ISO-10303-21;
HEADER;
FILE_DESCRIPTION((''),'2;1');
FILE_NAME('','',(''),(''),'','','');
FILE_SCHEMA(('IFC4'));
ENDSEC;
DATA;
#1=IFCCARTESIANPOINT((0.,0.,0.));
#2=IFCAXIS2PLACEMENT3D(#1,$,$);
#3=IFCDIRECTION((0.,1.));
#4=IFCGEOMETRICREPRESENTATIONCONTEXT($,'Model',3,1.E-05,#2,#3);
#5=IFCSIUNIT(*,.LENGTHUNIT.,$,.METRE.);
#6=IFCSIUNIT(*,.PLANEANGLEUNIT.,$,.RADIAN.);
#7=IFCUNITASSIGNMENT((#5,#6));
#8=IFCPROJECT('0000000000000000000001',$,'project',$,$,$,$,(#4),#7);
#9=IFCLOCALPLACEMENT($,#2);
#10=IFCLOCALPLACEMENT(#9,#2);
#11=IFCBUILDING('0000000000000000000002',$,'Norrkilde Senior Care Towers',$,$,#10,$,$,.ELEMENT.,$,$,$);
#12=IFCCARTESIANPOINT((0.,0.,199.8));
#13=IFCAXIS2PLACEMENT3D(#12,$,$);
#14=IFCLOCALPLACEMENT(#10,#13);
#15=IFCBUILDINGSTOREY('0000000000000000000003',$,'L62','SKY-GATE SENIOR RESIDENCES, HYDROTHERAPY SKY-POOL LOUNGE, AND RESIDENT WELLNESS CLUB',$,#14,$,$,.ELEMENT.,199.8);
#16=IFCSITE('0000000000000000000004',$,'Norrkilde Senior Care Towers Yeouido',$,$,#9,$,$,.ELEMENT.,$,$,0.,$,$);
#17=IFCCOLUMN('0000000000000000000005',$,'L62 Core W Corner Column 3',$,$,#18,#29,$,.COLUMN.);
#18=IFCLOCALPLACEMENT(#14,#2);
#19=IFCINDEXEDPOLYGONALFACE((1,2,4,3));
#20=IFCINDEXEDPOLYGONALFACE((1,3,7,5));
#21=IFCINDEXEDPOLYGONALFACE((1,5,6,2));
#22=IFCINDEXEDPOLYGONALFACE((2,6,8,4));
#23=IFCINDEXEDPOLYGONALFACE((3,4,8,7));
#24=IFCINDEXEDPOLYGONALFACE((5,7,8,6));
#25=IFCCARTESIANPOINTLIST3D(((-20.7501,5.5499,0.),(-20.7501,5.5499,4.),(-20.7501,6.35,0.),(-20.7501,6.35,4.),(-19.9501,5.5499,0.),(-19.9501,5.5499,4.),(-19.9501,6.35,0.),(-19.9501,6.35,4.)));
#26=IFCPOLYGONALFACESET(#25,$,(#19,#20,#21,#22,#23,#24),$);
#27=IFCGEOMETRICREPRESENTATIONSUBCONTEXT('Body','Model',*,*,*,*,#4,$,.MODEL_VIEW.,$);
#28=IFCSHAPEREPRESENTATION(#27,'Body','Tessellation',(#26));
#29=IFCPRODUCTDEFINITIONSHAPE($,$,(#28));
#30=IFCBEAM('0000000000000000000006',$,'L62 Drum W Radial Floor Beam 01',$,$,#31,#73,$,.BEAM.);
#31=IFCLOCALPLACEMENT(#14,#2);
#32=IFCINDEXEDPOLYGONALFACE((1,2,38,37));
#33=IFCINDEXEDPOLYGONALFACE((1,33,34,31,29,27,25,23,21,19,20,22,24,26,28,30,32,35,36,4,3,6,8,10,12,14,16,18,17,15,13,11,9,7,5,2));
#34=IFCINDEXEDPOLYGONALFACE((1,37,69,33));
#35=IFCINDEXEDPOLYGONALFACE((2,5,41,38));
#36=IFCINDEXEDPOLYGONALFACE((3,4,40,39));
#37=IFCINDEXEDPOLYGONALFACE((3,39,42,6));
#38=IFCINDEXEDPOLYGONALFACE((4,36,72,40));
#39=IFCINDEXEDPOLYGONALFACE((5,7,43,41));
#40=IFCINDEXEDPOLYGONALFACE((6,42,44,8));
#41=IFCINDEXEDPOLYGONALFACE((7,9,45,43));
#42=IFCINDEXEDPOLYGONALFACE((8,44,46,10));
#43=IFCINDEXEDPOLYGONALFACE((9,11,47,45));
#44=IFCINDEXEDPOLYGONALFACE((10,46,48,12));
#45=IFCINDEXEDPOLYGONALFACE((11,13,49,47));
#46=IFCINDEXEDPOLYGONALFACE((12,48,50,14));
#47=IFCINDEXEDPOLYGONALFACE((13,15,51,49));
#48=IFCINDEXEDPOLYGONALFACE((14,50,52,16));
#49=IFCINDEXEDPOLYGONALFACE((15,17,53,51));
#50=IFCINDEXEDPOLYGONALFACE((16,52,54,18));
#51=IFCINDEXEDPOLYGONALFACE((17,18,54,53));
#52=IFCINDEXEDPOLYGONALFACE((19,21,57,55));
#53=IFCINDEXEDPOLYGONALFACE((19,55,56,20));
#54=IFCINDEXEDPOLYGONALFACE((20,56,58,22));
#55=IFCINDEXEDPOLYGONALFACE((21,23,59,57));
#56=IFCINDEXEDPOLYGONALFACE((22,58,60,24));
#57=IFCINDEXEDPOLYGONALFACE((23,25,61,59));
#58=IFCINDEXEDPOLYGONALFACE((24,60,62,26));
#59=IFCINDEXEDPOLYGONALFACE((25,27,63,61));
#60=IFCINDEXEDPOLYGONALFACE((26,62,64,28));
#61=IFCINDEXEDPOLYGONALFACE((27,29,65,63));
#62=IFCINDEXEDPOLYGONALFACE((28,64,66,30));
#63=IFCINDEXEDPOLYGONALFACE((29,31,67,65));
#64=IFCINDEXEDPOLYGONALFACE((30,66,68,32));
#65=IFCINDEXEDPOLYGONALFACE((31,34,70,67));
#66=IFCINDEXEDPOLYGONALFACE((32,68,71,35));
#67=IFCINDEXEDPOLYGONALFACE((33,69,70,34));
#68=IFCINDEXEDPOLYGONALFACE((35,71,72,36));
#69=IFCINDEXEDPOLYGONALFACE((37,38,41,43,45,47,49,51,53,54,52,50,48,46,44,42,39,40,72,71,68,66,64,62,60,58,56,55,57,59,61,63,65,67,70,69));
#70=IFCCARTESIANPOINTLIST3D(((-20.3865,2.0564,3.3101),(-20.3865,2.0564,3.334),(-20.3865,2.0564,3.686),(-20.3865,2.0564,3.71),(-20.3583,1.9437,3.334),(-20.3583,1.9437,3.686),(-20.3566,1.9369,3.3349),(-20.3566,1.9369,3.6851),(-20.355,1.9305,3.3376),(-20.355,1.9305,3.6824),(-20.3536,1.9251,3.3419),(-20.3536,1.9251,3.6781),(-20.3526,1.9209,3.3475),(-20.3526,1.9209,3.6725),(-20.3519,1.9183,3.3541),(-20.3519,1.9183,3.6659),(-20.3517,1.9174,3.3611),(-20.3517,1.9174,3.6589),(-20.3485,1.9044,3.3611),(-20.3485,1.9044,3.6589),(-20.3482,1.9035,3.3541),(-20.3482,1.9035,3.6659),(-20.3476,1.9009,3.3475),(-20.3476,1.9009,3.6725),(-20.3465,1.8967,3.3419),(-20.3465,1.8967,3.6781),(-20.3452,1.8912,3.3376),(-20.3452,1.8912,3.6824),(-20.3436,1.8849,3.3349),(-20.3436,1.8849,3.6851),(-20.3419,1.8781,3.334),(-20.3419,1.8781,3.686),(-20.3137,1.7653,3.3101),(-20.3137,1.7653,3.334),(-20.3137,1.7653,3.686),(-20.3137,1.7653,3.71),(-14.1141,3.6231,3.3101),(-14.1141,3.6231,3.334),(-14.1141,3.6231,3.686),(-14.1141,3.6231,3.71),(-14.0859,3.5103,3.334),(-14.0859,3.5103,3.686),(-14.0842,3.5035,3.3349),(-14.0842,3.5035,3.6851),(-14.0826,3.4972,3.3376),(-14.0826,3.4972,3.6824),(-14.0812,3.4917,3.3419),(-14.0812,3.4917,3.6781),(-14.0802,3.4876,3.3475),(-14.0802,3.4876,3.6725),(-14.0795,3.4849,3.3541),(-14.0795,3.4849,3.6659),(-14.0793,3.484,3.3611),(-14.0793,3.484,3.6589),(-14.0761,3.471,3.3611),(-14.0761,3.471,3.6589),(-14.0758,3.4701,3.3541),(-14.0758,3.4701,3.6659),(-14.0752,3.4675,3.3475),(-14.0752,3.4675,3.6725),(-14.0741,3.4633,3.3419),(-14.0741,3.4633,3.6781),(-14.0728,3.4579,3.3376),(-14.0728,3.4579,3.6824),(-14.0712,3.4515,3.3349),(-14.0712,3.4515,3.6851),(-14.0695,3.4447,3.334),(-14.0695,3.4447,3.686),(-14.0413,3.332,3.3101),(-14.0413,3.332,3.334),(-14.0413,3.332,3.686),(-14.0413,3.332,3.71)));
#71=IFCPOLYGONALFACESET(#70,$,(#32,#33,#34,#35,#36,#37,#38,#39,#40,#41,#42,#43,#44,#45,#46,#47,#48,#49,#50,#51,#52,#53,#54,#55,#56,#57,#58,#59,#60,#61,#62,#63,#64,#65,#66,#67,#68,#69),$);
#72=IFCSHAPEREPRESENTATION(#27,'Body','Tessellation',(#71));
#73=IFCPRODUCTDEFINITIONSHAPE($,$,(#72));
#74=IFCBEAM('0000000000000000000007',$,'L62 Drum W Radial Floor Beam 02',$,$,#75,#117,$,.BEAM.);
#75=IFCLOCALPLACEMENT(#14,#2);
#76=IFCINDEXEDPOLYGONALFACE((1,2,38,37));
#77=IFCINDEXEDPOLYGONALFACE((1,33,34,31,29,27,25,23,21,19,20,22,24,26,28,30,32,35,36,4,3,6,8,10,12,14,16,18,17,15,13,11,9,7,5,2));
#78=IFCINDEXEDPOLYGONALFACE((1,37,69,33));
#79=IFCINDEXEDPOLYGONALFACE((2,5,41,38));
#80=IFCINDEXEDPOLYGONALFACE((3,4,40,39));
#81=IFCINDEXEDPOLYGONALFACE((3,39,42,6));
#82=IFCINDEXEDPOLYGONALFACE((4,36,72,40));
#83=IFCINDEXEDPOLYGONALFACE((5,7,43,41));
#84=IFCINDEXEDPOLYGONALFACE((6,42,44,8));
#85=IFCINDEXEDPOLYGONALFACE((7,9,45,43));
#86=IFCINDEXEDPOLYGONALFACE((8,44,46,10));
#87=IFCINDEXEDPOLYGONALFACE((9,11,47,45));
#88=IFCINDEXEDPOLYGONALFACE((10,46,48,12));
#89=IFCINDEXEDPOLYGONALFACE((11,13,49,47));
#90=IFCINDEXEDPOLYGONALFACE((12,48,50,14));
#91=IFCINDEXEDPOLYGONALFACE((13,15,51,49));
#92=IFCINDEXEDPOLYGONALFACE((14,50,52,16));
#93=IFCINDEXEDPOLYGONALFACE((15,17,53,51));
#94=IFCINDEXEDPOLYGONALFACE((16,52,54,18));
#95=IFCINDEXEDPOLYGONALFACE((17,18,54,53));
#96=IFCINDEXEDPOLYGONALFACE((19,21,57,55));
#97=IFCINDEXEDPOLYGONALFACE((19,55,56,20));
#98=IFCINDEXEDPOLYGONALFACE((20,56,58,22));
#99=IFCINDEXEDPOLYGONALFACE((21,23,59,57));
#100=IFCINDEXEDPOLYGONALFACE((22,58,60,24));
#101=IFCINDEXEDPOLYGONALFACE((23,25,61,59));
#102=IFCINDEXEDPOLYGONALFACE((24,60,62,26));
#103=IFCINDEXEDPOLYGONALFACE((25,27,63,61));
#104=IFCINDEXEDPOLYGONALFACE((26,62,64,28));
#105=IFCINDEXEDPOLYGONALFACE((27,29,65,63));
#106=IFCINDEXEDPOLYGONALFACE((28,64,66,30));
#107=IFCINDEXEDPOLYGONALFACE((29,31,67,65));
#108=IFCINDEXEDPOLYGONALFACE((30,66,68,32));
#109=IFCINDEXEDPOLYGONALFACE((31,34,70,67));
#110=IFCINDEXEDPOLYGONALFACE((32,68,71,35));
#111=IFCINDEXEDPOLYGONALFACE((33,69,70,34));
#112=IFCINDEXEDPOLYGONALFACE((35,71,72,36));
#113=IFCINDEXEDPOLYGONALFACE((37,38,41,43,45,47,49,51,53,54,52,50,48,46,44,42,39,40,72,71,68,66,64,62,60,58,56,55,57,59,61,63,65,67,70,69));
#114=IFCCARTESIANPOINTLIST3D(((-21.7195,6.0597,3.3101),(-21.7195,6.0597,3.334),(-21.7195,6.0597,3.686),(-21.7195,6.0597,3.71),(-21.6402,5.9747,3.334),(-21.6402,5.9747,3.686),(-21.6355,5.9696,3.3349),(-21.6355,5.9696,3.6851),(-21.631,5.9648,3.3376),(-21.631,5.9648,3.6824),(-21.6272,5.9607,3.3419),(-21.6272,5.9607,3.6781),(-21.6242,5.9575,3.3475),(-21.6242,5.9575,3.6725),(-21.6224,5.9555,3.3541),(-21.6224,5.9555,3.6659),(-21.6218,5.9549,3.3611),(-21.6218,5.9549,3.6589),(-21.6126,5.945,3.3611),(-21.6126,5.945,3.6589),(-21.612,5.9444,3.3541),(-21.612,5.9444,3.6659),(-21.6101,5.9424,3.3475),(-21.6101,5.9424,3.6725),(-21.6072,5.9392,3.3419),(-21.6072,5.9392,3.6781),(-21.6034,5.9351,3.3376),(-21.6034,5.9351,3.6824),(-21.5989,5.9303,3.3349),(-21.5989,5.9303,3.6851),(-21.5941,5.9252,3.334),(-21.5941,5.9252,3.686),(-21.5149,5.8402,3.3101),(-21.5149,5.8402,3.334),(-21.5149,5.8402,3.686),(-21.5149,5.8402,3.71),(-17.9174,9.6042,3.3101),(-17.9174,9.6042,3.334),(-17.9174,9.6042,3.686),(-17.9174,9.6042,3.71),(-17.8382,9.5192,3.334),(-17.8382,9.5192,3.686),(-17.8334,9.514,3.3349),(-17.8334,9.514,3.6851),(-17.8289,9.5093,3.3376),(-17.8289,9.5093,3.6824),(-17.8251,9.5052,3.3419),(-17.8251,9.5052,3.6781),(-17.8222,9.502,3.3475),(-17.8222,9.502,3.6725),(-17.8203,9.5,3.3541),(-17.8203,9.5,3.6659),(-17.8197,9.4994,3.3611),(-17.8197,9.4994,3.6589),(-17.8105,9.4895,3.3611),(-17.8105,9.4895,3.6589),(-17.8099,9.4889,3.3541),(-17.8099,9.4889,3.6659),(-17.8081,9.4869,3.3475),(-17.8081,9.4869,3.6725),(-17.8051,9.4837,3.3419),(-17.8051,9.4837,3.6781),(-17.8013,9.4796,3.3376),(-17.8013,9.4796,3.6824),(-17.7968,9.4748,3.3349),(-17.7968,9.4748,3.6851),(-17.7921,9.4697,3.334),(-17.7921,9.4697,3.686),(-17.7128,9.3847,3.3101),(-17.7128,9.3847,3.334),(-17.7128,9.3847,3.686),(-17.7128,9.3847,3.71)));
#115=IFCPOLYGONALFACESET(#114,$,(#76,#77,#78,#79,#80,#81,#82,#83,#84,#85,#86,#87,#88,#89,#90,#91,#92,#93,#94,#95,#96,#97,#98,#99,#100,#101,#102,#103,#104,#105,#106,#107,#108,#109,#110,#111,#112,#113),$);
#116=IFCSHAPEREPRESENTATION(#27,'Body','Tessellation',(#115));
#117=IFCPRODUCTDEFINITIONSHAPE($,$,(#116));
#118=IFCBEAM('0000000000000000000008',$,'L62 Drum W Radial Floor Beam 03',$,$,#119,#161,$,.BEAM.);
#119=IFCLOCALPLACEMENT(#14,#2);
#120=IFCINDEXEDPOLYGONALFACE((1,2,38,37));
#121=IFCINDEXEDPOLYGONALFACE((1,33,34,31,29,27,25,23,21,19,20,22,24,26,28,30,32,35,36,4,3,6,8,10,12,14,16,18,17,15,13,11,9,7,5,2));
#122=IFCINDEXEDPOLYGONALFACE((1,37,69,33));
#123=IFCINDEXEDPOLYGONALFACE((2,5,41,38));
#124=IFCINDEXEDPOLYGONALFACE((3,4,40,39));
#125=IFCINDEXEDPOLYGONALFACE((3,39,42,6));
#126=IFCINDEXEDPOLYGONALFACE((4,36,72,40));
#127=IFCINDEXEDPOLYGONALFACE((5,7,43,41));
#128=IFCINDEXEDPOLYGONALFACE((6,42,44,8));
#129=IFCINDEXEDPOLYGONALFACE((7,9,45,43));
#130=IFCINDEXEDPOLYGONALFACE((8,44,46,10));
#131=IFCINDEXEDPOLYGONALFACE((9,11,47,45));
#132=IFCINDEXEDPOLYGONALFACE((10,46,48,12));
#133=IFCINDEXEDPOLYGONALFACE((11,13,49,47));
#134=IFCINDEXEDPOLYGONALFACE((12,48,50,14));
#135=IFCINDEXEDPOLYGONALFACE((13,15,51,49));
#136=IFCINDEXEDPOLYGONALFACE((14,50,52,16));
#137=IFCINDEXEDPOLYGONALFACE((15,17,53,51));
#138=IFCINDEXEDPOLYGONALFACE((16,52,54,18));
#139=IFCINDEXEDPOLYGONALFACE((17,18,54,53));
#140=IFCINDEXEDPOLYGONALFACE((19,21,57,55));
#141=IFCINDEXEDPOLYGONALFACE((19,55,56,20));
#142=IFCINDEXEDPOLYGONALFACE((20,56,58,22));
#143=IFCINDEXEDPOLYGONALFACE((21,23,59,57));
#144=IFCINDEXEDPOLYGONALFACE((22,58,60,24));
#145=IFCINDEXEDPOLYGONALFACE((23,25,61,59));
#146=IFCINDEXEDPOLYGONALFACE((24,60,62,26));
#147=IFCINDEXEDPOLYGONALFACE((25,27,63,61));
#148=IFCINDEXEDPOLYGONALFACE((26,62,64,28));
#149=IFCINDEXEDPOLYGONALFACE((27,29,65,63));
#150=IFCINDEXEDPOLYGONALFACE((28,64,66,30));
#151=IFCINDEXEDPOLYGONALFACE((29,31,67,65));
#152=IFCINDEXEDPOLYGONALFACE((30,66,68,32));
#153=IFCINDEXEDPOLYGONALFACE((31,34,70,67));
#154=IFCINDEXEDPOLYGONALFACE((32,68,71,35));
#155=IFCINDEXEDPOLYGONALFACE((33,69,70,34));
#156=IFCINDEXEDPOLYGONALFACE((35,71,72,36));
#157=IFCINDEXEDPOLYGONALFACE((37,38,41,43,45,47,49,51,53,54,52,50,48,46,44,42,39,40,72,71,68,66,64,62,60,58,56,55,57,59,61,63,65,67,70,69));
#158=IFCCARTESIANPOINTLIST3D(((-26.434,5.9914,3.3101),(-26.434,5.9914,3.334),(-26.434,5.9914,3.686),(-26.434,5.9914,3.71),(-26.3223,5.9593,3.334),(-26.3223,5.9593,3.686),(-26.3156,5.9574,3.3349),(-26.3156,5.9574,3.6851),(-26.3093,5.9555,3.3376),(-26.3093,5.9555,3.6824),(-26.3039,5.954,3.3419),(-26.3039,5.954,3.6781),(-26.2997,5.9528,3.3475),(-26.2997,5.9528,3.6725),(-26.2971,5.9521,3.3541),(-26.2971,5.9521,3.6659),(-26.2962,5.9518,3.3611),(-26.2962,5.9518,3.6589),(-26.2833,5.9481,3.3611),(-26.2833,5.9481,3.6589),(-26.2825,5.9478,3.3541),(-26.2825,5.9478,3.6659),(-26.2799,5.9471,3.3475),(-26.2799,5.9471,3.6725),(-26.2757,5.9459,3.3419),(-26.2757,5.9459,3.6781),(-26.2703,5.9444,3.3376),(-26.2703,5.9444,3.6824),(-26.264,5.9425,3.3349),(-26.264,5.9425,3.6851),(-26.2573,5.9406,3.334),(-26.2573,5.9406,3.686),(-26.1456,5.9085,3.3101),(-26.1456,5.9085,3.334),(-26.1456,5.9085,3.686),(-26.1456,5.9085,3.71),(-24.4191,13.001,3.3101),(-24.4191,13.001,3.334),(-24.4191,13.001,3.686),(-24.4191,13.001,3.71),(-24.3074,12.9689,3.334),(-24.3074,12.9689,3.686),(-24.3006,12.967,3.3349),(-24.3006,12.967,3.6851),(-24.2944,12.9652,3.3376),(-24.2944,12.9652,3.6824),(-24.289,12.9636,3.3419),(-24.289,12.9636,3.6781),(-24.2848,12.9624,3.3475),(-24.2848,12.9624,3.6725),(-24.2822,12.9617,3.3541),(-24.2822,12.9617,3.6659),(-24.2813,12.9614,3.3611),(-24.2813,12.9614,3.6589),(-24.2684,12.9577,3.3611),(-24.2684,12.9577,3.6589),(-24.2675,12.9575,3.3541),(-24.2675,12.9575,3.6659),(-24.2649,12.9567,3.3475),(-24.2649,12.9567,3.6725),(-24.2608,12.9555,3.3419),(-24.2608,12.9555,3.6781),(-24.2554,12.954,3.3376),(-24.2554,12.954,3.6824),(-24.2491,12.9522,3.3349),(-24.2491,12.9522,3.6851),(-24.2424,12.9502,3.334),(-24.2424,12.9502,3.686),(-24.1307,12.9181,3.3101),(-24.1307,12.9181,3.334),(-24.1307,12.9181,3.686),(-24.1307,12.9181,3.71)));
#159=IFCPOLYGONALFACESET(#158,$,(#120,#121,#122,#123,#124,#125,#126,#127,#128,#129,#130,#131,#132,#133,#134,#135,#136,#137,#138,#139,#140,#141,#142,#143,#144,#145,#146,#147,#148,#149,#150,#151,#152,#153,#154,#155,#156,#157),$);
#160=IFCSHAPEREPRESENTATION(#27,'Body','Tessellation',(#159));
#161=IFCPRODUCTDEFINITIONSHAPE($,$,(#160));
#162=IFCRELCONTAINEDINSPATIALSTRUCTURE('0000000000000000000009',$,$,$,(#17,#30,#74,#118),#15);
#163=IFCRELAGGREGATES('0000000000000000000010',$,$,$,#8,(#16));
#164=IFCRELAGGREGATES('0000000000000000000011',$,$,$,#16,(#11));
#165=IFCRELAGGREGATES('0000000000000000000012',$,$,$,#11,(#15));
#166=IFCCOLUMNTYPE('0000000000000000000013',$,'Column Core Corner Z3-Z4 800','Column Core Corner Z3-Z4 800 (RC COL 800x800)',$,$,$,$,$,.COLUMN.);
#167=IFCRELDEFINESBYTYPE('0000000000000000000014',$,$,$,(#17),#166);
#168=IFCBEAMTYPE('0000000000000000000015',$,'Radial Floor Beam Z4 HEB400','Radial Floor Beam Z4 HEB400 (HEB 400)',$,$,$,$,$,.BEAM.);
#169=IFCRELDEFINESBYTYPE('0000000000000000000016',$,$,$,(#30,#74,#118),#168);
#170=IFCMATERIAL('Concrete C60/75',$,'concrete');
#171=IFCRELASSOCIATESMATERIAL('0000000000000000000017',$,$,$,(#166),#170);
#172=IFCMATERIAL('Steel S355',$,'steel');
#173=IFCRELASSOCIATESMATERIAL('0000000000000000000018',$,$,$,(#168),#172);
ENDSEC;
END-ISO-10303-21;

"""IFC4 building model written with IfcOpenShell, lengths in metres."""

from ifc_helpers import new_model, si_unit, direction, frame, origin, origin_2d, place, context, subcontext, project, spatial, rectangle, i_section, extrude, source, transform, mapped, material, material_profile, profile_set, type_object, type_shapes, element, save


model = new_model("IFC4")

# Units and contexts
model_context = context("Model", 3, precision=1e-05, world=origin(), true_north=direction((0.0, 1.0)))
body_context = subcontext(model_context, "Body", "Model", "MODEL_VIEW")
ifc_project = project(units=[si_unit("LENGTHUNIT", "METRE"), si_unit("PLANEANGLEUNIT", "RADIAN")], contexts=[model_context])

# Site, building, storey
site_placement = place(None, origin())
site = spatial("IfcSite", under=ifc_project, at=site_placement, Name="Norrkilde Senior Care Towers Yeouido", CompositionType="ELEMENT", RefElevation=0.0)
building_placement = place(site_placement, origin())
building = spatial("IfcBuilding", under=site, at=building_placement, Name="Norrkilde Senior Care Towers", CompositionType="ELEMENT")
storey_placement = place(building_placement, frame((0.0, 0.0, 199.8)))
storey = spatial("IfcBuildingStorey", under=building, at=storey_placement, Name="L62", Description="SKY-GATE SENIOR RESIDENCES, HYDROTHERAPY SKY-POOL LOUNGE, AND RESIDENT WELLNESS CLUB", CompositionType="ELEMENT", Elevation=199.8)

# Column
ifc_material_1 = material(Name="Concrete C60/75", Category="concrete")
ifc_material_profile_1 = material_profile(ifc_material_1, rectangle(XDim=0.8, YDim=0.8, at=origin_2d()), Name="RC COL 800x800")
ifc_profile_set_1 = profile_set([ifc_material_profile_1], Name="Concrete C60/75")
column_type = type_object("IfcColumnType", Name="Column Core Corner Z3-Z4 800", Description="Column Core Corner Z3-Z4 800 (RC COL 800x800)", PredefinedType="COLUMN", material=ifc_profile_set_1)
shared_shape_1 = source(origin(), body_context, "Body", "SweptSolid", [
    extrude(rectangle(XDim=0.8, YDim=0.8, at=origin_2d()), origin(), (0.0, 0.0, 1.0), 4.0),
])
type_shapes(column_type, [shared_shape_1])
column_placement = place(storey_placement, frame((-20.3501, 5.95, 0.0), z_axis=(0.0, 0.0, 1.0), x_axis=(1.0, 0.0, 0.0)))
element("IfcColumn", 1, at=column_placement, inside=storey, type_object=column_type, Name="L62 Core W Corner Column 3", PredefinedType="COLUMN", context=body_context, shape_type="MappedRepresentation", body=[
    mapped(shared_shape_1, transform((0.0, 0.0, 0.0), x_axis=(1.0, 0.0, 0.0), y_axis=(0.0, 1.0, 0.0), z_axis=(0.0, 0.0, 1.0), scale=1.0)),
])

# Beams
ifc_material_2 = material(Name="Steel S355", Category="steel")
ifc_material_profile_2 = material_profile(ifc_material_2, i_section(OverallWidth=0.3, OverallDepth=0.3999, WebThickness=0.0134, FlangeThickness=0.0239, FilletRadius=0.0271, at=origin_2d()), Name="HEB 400")
ifc_profile_set_2 = profile_set([ifc_material_profile_2], Name="Steel S355")
beam_type = type_object("IfcBeamType", Name="Radial Floor Beam Z4 HEB400", Description="Radial Floor Beam Z4 HEB400 (HEB 400)", PredefinedType="BEAM", material=ifc_profile_set_2)
shared_shape_2 = source(origin(), body_context, "Body", "SweptSolid", [
    extrude(i_section(OverallWidth=0.3, OverallDepth=0.3999, WebThickness=0.0134, FlangeThickness=0.0239, FilletRadius=0.0271, at=origin_2d()), origin(), (0.0, 0.0, 1.0), 6.4651),
])
beam_1_placement = place(storey_placement, frame((-20.3501, 1.9109, 3.51), z_axis=(0.970196, 0.242322, 0.0), x_axis=(-0.242322, 0.970196, 0.0)))
element("IfcBeam", 2, at=beam_1_placement, inside=storey, type_object=beam_type, Name="L62 Drum W Radial Floor Beam 01", PredefinedType="BEAM", context=body_context, shape_type="MappedRepresentation", body=[
    mapped(shared_shape_2, transform((0.0, 0.0, 0.0), x_axis=(1.0, 0.0, 0.0), y_axis=(0.0, 1.0, 0.0), z_axis=(0.0, 0.0, 1.0), scale=1.0)),
])
shared_shape_3 = source(origin(), body_context, "Body", "SweptSolid", [
    extrude(i_section(OverallWidth=0.3, OverallDepth=0.3999, WebThickness=0.0134, FlangeThickness=0.0239, FilletRadius=0.0271, at=origin_2d()), origin(), (0.0, 0.0, 1.0), 5.198),
])
beam_2_placement = place(storey_placement, frame((-21.6172, 5.95, 3.51), z_axis=(0.731449, 0.681896, 0.0), x_axis=(-0.681896, 0.731449, 0.0)))
element("IfcBeam", 3, at=beam_2_placement, inside=storey, type_object=beam_type, Name="L62 Drum W Radial Floor Beam 02", PredefinedType="BEAM", context=body_context, shape_type="MappedRepresentation", body=[
    mapped(shared_shape_3, transform((0.0, 0.0, 0.0), x_axis=(1.0, 0.0, 0.0), y_axis=(0.0, 1.0, 0.0), z_axis=(0.0, 0.0, 1.0), scale=1.0)),
])
shared_shape_4 = source(origin(), body_context, "Body", "SweptSolid", [
    extrude(i_section(OverallWidth=0.3, OverallDepth=0.3999, WebThickness=0.0134, FlangeThickness=0.0239, FilletRadius=0.0271, at=origin_2d()), origin(), (0.0, 0.0, 1.0), 7.2935),
])
for number, where, z_axis, x_axis, name in (
    (4, (-26.2898, 5.95, 3.51), (0.276264, 0.961082, 0.0), (-0.961082, 0.276264, 0.0), "L62 Drum W Radial Floor Beam 03"),
):
    element("IfcBeam", number, at=place(storey_placement, frame(where, z_axis=z_axis, x_axis=x_axis)), inside=storey, type_object=beam_type, Name=name, PredefinedType="BEAM", context=body_context, shape_type="MappedRepresentation", body=[
        mapped(shared_shape_4, transform((0.0, 0.0, 0.0), x_axis=(1.0, 0.0, 0.0), y_axis=(0.0, 1.0, 0.0), z_axis=(0.0, 0.0, 1.0), scale=1.0)),
    ])

save(model, "model.ifc")
